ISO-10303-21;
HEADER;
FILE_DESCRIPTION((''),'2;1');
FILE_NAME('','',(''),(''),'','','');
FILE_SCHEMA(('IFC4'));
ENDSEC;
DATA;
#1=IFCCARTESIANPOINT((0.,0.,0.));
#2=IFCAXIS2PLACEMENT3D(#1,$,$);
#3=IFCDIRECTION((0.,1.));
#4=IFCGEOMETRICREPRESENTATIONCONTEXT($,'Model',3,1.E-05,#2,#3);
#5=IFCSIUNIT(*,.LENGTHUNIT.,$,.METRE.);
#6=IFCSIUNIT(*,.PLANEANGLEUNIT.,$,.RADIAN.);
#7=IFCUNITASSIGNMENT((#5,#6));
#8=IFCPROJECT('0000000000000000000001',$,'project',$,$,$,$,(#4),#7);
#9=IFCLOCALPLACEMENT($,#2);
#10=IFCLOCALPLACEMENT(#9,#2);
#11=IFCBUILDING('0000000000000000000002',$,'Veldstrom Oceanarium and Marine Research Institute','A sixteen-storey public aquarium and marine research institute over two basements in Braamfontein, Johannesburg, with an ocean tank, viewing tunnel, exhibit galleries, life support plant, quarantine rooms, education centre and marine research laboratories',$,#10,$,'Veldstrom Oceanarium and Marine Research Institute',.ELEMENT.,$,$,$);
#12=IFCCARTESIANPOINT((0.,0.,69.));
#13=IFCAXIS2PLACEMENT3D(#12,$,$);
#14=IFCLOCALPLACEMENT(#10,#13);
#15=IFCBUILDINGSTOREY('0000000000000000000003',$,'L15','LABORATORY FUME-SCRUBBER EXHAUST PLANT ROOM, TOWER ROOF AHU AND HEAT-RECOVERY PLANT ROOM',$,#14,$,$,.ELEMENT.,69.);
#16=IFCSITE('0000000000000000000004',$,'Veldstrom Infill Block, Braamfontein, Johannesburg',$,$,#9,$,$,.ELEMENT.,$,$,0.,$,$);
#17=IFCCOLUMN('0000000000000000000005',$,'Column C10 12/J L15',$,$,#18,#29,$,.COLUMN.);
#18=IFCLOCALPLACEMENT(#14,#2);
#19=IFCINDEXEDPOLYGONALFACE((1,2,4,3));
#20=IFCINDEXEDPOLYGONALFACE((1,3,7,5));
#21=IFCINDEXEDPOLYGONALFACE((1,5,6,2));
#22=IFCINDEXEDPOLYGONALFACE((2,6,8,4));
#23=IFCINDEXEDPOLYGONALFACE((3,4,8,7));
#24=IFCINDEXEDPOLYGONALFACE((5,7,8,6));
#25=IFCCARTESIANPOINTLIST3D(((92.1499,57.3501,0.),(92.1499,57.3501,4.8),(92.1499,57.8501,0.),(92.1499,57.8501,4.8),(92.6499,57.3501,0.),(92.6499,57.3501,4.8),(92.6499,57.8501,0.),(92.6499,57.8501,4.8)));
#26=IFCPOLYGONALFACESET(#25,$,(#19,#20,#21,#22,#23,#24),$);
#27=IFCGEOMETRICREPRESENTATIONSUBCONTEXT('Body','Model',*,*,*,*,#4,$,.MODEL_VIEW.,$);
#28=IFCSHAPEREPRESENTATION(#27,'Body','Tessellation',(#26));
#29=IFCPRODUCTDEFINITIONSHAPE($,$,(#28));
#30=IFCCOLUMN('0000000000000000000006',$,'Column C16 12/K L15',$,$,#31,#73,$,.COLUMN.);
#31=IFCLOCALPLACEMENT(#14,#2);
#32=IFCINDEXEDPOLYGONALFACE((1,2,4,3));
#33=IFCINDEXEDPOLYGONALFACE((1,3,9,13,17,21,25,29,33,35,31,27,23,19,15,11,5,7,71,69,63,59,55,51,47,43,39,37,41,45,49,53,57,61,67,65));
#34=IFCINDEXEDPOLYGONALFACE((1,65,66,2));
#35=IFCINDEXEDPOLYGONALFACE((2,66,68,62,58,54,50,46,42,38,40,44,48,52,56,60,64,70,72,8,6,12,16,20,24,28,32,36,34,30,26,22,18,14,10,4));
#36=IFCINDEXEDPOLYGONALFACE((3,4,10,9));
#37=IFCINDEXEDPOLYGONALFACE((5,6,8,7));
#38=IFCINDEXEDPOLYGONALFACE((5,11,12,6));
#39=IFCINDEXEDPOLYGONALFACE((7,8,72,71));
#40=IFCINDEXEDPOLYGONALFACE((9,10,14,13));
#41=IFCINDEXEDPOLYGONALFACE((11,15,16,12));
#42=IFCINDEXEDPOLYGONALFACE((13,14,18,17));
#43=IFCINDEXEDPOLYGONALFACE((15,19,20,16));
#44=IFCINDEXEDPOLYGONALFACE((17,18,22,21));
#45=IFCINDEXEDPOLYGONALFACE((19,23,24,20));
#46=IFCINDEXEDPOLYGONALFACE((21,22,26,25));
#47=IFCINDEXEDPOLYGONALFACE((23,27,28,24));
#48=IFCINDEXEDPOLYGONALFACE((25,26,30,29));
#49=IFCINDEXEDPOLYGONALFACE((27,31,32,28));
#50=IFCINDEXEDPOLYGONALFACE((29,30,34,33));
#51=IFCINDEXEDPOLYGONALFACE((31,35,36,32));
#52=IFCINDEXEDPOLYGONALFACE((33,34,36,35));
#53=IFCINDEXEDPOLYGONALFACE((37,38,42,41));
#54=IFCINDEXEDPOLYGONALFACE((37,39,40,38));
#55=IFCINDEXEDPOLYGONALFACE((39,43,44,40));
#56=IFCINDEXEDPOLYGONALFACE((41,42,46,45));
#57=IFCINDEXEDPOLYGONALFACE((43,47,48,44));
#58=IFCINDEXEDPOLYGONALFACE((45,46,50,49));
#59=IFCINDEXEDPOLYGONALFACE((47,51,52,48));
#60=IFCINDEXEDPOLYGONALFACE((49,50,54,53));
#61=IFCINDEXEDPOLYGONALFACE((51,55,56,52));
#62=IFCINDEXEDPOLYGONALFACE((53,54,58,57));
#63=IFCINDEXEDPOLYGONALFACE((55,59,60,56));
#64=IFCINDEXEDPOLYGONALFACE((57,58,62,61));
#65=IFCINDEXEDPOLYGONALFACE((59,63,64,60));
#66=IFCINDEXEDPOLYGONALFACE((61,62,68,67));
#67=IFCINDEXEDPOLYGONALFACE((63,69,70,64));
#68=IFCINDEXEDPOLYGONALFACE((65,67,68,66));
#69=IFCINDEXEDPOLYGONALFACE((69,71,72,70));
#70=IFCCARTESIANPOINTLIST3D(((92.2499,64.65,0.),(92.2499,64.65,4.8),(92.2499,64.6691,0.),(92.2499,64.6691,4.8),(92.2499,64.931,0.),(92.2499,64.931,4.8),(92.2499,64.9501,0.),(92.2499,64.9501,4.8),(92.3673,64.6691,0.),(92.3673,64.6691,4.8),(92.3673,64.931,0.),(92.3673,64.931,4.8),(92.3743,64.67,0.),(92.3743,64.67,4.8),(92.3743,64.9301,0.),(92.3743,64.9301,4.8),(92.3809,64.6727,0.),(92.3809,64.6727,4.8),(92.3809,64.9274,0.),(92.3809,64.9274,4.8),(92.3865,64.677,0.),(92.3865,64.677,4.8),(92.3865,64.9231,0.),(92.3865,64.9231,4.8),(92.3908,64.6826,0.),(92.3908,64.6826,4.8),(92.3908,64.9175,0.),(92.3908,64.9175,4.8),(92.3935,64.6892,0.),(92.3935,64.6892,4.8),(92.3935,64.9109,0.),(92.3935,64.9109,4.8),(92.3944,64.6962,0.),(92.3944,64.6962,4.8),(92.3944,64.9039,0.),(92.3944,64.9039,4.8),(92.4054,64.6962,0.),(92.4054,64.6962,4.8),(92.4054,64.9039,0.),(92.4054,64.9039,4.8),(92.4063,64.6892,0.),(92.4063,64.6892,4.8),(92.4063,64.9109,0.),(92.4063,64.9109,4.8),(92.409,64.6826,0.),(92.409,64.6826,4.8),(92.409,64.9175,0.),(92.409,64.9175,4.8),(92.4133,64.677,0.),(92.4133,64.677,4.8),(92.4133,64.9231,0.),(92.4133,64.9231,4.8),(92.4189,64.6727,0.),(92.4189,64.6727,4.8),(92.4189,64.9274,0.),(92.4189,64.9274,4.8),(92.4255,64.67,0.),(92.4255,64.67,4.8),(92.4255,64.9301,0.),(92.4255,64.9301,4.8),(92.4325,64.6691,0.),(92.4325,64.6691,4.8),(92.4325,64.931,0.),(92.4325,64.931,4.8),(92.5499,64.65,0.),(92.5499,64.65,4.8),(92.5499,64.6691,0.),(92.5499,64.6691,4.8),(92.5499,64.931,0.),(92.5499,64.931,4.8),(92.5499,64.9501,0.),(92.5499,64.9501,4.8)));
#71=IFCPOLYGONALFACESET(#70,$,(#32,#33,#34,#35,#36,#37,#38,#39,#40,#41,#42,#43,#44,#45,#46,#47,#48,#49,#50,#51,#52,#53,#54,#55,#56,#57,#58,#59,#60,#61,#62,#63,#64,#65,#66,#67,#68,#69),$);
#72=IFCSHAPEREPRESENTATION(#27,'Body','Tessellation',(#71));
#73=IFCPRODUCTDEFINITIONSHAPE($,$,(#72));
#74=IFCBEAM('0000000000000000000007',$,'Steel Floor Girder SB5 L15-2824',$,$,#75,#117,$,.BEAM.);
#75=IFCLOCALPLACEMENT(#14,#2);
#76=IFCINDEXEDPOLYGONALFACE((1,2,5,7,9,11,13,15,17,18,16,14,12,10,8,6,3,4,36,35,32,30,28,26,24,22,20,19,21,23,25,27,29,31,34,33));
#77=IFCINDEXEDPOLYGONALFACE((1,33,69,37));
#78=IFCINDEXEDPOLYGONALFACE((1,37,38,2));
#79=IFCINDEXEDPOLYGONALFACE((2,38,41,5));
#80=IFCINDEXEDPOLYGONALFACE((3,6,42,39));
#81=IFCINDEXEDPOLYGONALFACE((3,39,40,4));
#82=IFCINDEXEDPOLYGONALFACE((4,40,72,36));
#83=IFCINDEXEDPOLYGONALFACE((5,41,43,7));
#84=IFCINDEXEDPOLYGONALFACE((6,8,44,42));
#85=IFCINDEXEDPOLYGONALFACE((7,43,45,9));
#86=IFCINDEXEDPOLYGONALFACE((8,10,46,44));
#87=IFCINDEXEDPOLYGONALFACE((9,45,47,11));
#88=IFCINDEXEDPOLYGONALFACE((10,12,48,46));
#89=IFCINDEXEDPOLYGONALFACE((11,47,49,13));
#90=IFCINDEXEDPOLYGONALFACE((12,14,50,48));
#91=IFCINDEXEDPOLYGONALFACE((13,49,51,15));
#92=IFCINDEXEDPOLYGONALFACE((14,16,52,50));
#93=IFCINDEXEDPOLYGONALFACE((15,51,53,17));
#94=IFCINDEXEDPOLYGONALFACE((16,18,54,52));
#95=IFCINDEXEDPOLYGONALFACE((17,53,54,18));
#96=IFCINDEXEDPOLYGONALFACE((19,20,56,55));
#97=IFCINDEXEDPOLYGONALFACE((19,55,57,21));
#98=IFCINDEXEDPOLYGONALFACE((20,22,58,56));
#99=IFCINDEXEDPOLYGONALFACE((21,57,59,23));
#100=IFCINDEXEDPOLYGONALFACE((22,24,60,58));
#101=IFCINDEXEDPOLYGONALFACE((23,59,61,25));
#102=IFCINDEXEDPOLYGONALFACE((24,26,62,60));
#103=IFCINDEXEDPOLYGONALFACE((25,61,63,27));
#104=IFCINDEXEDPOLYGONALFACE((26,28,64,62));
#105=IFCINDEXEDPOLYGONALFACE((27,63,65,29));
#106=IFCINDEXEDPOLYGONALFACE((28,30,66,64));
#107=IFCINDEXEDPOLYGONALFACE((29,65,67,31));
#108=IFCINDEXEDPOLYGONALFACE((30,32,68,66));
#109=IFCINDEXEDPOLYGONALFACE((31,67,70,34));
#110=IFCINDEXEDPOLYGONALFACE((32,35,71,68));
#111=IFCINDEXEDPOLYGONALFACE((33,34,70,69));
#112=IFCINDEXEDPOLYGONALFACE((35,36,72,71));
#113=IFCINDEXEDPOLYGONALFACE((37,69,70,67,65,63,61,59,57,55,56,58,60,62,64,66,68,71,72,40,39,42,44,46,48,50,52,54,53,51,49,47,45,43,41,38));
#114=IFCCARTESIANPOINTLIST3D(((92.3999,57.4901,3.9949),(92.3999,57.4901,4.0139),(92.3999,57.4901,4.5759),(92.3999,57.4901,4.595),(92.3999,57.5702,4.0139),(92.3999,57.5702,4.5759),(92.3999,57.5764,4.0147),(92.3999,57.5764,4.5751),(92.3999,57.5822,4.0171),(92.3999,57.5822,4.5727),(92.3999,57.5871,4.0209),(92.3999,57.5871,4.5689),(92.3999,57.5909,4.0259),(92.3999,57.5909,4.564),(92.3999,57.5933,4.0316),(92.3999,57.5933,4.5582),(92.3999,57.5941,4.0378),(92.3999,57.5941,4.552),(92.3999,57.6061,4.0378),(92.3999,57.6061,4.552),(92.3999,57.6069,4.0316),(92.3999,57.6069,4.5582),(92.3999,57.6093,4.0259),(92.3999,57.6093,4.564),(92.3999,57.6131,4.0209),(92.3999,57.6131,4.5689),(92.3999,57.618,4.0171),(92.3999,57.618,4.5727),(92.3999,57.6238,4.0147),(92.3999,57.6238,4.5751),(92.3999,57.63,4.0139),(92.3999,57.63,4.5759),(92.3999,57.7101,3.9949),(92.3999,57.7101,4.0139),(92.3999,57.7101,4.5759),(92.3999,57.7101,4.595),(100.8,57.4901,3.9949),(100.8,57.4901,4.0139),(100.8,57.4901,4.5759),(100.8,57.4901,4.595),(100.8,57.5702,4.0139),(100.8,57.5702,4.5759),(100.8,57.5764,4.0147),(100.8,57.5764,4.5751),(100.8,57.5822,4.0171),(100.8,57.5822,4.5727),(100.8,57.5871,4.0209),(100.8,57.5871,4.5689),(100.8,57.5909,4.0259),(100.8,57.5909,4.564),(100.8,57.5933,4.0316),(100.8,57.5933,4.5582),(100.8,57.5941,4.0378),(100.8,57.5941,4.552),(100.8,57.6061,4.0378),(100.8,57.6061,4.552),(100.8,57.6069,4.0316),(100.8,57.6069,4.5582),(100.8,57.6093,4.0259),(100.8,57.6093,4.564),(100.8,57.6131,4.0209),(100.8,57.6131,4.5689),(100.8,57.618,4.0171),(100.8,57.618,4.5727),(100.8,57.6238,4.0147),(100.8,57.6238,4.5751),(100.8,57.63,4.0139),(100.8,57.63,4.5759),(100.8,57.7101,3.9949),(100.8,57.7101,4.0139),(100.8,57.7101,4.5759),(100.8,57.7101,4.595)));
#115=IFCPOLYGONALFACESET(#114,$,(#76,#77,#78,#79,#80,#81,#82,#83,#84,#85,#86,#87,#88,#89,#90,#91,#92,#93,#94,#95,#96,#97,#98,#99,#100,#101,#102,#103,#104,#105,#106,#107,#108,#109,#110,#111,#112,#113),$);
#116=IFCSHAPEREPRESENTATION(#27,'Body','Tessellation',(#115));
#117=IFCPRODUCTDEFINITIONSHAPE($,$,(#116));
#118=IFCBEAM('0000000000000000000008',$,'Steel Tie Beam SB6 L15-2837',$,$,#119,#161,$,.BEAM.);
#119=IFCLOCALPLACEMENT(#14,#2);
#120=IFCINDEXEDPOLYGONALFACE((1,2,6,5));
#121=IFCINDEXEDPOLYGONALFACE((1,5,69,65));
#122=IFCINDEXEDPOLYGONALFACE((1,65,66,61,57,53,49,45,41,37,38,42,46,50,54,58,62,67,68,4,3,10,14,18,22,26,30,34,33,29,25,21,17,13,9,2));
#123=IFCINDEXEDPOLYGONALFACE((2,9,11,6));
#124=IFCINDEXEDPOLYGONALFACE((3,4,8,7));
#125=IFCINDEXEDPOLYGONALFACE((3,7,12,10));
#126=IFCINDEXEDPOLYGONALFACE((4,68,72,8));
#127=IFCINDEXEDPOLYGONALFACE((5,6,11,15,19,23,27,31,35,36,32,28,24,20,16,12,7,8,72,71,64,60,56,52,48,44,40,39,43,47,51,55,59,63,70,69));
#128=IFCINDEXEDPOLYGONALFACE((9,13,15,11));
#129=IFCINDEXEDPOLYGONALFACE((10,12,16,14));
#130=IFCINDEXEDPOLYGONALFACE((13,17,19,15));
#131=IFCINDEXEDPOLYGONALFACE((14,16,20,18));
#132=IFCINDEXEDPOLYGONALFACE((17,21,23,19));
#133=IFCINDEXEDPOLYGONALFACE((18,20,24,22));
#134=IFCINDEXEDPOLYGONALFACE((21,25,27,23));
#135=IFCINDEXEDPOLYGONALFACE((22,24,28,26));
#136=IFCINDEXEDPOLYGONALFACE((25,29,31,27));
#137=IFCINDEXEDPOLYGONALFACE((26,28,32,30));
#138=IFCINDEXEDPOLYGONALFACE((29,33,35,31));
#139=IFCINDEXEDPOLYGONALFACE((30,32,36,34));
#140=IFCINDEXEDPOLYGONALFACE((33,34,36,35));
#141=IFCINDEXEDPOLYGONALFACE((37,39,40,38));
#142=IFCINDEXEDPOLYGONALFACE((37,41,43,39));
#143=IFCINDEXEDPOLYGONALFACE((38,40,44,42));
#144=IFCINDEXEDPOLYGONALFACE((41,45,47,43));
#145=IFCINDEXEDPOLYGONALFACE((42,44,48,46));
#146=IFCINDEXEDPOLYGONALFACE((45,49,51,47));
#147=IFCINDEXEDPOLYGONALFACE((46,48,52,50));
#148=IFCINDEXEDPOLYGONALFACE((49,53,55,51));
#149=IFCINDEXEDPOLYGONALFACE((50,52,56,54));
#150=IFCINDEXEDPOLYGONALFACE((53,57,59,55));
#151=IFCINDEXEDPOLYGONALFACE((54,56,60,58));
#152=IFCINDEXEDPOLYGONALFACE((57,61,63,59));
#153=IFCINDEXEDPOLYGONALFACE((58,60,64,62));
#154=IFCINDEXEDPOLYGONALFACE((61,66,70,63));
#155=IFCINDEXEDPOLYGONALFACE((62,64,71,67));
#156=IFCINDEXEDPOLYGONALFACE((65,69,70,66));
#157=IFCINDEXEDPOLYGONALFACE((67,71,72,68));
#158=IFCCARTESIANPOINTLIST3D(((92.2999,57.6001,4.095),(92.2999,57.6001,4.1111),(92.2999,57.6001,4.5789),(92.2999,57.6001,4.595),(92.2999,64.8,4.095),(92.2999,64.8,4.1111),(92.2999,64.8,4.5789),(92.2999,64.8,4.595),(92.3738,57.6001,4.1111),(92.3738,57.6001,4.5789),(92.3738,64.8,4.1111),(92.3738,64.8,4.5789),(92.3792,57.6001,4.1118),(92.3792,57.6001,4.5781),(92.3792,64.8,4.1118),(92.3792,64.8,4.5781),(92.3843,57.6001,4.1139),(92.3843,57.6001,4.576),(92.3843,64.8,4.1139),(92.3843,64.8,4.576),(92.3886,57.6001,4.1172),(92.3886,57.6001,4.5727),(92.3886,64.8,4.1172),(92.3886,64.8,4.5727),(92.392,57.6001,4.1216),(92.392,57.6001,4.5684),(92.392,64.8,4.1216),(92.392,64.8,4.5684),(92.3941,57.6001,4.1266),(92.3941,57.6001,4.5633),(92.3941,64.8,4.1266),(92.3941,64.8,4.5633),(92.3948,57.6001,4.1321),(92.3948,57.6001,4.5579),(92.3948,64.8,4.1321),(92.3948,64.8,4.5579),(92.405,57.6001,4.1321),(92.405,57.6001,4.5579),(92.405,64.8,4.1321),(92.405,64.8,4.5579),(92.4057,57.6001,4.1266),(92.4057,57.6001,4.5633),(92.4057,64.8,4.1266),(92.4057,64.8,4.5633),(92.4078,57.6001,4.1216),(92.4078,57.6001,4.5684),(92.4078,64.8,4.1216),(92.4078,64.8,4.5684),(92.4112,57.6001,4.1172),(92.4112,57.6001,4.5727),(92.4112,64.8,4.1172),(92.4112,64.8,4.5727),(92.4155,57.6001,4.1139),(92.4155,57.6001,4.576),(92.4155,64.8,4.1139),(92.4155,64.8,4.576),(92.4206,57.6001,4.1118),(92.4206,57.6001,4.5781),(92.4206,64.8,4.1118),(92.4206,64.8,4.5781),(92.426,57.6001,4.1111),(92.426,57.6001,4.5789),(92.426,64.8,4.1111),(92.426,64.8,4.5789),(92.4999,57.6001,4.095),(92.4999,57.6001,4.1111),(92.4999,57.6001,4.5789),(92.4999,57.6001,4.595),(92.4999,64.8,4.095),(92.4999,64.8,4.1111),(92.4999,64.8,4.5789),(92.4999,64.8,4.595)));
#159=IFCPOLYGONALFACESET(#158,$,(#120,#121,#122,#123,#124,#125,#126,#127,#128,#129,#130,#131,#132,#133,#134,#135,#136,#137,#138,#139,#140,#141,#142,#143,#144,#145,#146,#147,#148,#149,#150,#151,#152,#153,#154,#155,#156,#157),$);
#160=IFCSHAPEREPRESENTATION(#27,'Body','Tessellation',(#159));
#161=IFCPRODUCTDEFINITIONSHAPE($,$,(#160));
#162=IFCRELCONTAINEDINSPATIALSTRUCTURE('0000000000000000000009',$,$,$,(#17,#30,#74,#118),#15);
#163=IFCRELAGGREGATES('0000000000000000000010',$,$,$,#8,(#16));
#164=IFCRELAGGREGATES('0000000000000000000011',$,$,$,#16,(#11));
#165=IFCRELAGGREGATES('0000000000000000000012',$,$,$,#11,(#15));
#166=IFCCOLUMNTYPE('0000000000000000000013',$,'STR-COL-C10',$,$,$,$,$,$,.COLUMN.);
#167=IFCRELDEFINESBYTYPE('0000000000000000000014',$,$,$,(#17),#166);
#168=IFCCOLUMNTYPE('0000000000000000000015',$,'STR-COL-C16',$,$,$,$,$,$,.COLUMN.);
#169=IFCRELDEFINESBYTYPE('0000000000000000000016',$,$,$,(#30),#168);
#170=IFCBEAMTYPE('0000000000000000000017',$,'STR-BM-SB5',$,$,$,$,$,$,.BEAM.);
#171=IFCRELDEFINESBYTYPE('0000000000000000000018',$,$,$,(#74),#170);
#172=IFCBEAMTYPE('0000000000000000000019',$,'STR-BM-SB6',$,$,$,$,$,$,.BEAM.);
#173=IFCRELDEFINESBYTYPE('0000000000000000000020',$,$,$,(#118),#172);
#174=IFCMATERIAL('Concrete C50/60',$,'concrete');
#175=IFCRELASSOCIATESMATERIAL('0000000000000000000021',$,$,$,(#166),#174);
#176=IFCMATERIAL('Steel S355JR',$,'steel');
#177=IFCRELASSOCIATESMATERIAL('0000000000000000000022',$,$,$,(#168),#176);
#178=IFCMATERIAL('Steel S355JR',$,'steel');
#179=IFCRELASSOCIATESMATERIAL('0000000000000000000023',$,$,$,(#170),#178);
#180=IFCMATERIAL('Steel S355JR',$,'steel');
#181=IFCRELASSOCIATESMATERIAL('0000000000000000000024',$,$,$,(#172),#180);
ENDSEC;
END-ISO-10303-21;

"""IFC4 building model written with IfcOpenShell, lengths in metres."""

from ifc_helpers import new_model, si_unit, direction, frame, origin, origin_2d, place, context, subcontext, project, spatial, rectangle, i_section, extrude, material, material_profile, profile_set, type_object, element, save


model = new_model("IFC4")

# Units and contexts
model_context = context("Model", 3, precision=1e-05, world=origin(), true_north=direction((0.0, 1.0)))
body_context = subcontext(model_context, "Body", "Model", "MODEL_VIEW")
ifc_project = project(units=[si_unit("LENGTHUNIT", "METRE"), si_unit("PLANEANGLEUNIT", "RADIAN")], contexts=[model_context])

# Site, building, storey
site_placement = place(None, origin())
site = spatial("IfcSite", under=ifc_project, at=site_placement, Name="Veldstrom Infill Block, Braamfontein, Johannesburg", CompositionType="ELEMENT", RefElevation=0.0)
building_placement = place(site_placement, origin())
building = spatial("IfcBuilding", under=site, at=building_placement, Name="Veldstrom Oceanarium and Marine Research Institute", Description="A sixteen-storey public aquarium and marine research institute over two basements in Braamfontein, Johannesburg, with an ocean tank, viewing tunnel, exhibit galleries, life support plant, quarantine rooms, education centre and marine research laboratories", LongName="Veldstrom Oceanarium and Marine Research Institute", CompositionType="ELEMENT")
storey_placement = place(building_placement, frame((0.0, 0.0, 69.0)))
storey = spatial("IfcBuildingStorey", under=building, at=storey_placement, Name="L15", Description="LABORATORY FUME-SCRUBBER EXHAUST PLANT ROOM, TOWER ROOF AHU AND HEAT-RECOVERY PLANT ROOM", CompositionType="ELEMENT", Elevation=69.0)

# Columns
ifc_material_1 = material(Name="Concrete C50/60", Category="concrete")
ifc_material_profile_1 = material_profile(ifc_material_1, rectangle(XDim=0.5, YDim=0.5, at=origin_2d()), Name="RC-COL-500x500")
ifc_profile_set_1 = profile_set([ifc_material_profile_1], Name="Concrete C50/60")
column_type_1 = type_object("IfcColumnType", Name="STR-COL-C10", PredefinedType="COLUMN", material=ifc_profile_set_1)
column_1_placement = place(storey_placement, frame((92.3999, 57.6001, 0.0), z_axis=(0.0, 0.0, 1.0), x_axis=(1.0, 0.0, 0.0)))
element("IfcColumn", 1, at=column_1_placement, inside=storey, type_object=column_type_1, Name="Column C10 12/J L15", PredefinedType="COLUMN", context=body_context, shape_type="SweptSolid", body=[
    extrude(rectangle(XDim=0.5, YDim=0.5, at=origin_2d()), origin(), (0.0, 0.0, 1.0), 4.8),
])
ifc_material_2 = material(Name="Steel S355JR", Category="steel")
ifc_material_profile_2 = material_profile(ifc_material_2, i_section(OverallWidth=0.3, OverallDepth=0.3, WebThickness=0.011, FlangeThickness=0.019, FilletRadius=0.0271, at=origin_2d()), Name="HEB 300")
ifc_profile_set_2 = profile_set([ifc_material_profile_2], Name="Steel S355JR")
column_type_2 = type_object("IfcColumnType", Name="STR-COL-C16", PredefinedType="COLUMN", material=ifc_profile_set_2)
column_2_placement = place(storey_placement, frame((92.3999, 64.8, 0.0), z_axis=(0.0, 0.0, 1.0), x_axis=(1.0, 0.0, 0.0)))
element("IfcColumn", 2, at=column_2_placement, inside=storey, type_object=column_type_2, Name="Column C16 12/K L15", PredefinedType="COLUMN", context=body_context, shape_type="SweptSolid", body=[
    extrude(i_section(OverallWidth=0.3, OverallDepth=0.3, WebThickness=0.011, FlangeThickness=0.019, FilletRadius=0.0271, at=origin_2d()), origin(), (0.0, 0.0, 1.0), 4.8),
])

# Beams
ifc_material_3 = material(Name="Steel S355JR", Category="steel")
ifc_material_profile_3 = material_profile(ifc_material_3, i_section(OverallWidth=0.22, OverallDepth=0.6001, WebThickness=0.012, FlangeThickness=0.019, FilletRadius=0.0239, at=origin_2d()), Name="IPE 600")
ifc_profile_set_3 = profile_set([ifc_material_profile_3], Name="Steel S355JR")
beam_type_1 = type_object("IfcBeamType", Name="STR-BM-SB5", PredefinedType="BEAM", material=ifc_profile_set_3)
beam_1_placement = place(storey_placement, frame((92.3999, 57.6001, 4.2949), z_axis=(1.0, 0.0, 0.0), x_axis=(0.0, 1.0, 0.0)))
element("IfcBeam", 3, at=beam_1_placement, inside=storey, type_object=beam_type_1, Name="Steel Floor Girder SB5 L15-2824", PredefinedType="BEAM", context=body_context, shape_type="SweptSolid", body=[
    extrude(i_section(OverallWidth=0.22, OverallDepth=0.6001, WebThickness=0.012, FlangeThickness=0.019, FilletRadius=0.0239, at=origin_2d()), origin(), (0.0, 0.0, 1.0), 8.4001),
])
ifc_material_4 = material(Name="Steel S355JR", Category="steel")
ifc_material_profile_4 = material_profile(ifc_material_4, i_section(OverallWidth=0.2, OverallDepth=0.5, WebThickness=0.0103, FlangeThickness=0.0161, FilletRadius=0.021, at=origin_2d()), Name="IPE 500")
ifc_profile_set_4 = profile_set([ifc_material_profile_4], Name="Steel S355JR")
beam_type_2 = type_object("IfcBeamType", Name="STR-BM-SB6", PredefinedType="BEAM", material=ifc_profile_set_4)
beam_2_placement = place(storey_placement, frame((92.3999, 57.6001, 4.345), z_axis=(0.0, 1.0, 0.0), x_axis=(-1.0, 0.0, 0.0)))
element("IfcBeam", 4, at=beam_2_placement, inside=storey, type_object=beam_type_2, Name="Steel Tie Beam SB6 L15-2837", PredefinedType="BEAM", context=body_context, shape_type="SweptSolid", body=[
    extrude(i_section(OverallWidth=0.2, OverallDepth=0.5, WebThickness=0.0103, FlangeThickness=0.0161, FilletRadius=0.021, at=origin_2d()), origin(), (0.0, 0.0, 1.0), 7.2),
])

save(model, "model.ifc")
